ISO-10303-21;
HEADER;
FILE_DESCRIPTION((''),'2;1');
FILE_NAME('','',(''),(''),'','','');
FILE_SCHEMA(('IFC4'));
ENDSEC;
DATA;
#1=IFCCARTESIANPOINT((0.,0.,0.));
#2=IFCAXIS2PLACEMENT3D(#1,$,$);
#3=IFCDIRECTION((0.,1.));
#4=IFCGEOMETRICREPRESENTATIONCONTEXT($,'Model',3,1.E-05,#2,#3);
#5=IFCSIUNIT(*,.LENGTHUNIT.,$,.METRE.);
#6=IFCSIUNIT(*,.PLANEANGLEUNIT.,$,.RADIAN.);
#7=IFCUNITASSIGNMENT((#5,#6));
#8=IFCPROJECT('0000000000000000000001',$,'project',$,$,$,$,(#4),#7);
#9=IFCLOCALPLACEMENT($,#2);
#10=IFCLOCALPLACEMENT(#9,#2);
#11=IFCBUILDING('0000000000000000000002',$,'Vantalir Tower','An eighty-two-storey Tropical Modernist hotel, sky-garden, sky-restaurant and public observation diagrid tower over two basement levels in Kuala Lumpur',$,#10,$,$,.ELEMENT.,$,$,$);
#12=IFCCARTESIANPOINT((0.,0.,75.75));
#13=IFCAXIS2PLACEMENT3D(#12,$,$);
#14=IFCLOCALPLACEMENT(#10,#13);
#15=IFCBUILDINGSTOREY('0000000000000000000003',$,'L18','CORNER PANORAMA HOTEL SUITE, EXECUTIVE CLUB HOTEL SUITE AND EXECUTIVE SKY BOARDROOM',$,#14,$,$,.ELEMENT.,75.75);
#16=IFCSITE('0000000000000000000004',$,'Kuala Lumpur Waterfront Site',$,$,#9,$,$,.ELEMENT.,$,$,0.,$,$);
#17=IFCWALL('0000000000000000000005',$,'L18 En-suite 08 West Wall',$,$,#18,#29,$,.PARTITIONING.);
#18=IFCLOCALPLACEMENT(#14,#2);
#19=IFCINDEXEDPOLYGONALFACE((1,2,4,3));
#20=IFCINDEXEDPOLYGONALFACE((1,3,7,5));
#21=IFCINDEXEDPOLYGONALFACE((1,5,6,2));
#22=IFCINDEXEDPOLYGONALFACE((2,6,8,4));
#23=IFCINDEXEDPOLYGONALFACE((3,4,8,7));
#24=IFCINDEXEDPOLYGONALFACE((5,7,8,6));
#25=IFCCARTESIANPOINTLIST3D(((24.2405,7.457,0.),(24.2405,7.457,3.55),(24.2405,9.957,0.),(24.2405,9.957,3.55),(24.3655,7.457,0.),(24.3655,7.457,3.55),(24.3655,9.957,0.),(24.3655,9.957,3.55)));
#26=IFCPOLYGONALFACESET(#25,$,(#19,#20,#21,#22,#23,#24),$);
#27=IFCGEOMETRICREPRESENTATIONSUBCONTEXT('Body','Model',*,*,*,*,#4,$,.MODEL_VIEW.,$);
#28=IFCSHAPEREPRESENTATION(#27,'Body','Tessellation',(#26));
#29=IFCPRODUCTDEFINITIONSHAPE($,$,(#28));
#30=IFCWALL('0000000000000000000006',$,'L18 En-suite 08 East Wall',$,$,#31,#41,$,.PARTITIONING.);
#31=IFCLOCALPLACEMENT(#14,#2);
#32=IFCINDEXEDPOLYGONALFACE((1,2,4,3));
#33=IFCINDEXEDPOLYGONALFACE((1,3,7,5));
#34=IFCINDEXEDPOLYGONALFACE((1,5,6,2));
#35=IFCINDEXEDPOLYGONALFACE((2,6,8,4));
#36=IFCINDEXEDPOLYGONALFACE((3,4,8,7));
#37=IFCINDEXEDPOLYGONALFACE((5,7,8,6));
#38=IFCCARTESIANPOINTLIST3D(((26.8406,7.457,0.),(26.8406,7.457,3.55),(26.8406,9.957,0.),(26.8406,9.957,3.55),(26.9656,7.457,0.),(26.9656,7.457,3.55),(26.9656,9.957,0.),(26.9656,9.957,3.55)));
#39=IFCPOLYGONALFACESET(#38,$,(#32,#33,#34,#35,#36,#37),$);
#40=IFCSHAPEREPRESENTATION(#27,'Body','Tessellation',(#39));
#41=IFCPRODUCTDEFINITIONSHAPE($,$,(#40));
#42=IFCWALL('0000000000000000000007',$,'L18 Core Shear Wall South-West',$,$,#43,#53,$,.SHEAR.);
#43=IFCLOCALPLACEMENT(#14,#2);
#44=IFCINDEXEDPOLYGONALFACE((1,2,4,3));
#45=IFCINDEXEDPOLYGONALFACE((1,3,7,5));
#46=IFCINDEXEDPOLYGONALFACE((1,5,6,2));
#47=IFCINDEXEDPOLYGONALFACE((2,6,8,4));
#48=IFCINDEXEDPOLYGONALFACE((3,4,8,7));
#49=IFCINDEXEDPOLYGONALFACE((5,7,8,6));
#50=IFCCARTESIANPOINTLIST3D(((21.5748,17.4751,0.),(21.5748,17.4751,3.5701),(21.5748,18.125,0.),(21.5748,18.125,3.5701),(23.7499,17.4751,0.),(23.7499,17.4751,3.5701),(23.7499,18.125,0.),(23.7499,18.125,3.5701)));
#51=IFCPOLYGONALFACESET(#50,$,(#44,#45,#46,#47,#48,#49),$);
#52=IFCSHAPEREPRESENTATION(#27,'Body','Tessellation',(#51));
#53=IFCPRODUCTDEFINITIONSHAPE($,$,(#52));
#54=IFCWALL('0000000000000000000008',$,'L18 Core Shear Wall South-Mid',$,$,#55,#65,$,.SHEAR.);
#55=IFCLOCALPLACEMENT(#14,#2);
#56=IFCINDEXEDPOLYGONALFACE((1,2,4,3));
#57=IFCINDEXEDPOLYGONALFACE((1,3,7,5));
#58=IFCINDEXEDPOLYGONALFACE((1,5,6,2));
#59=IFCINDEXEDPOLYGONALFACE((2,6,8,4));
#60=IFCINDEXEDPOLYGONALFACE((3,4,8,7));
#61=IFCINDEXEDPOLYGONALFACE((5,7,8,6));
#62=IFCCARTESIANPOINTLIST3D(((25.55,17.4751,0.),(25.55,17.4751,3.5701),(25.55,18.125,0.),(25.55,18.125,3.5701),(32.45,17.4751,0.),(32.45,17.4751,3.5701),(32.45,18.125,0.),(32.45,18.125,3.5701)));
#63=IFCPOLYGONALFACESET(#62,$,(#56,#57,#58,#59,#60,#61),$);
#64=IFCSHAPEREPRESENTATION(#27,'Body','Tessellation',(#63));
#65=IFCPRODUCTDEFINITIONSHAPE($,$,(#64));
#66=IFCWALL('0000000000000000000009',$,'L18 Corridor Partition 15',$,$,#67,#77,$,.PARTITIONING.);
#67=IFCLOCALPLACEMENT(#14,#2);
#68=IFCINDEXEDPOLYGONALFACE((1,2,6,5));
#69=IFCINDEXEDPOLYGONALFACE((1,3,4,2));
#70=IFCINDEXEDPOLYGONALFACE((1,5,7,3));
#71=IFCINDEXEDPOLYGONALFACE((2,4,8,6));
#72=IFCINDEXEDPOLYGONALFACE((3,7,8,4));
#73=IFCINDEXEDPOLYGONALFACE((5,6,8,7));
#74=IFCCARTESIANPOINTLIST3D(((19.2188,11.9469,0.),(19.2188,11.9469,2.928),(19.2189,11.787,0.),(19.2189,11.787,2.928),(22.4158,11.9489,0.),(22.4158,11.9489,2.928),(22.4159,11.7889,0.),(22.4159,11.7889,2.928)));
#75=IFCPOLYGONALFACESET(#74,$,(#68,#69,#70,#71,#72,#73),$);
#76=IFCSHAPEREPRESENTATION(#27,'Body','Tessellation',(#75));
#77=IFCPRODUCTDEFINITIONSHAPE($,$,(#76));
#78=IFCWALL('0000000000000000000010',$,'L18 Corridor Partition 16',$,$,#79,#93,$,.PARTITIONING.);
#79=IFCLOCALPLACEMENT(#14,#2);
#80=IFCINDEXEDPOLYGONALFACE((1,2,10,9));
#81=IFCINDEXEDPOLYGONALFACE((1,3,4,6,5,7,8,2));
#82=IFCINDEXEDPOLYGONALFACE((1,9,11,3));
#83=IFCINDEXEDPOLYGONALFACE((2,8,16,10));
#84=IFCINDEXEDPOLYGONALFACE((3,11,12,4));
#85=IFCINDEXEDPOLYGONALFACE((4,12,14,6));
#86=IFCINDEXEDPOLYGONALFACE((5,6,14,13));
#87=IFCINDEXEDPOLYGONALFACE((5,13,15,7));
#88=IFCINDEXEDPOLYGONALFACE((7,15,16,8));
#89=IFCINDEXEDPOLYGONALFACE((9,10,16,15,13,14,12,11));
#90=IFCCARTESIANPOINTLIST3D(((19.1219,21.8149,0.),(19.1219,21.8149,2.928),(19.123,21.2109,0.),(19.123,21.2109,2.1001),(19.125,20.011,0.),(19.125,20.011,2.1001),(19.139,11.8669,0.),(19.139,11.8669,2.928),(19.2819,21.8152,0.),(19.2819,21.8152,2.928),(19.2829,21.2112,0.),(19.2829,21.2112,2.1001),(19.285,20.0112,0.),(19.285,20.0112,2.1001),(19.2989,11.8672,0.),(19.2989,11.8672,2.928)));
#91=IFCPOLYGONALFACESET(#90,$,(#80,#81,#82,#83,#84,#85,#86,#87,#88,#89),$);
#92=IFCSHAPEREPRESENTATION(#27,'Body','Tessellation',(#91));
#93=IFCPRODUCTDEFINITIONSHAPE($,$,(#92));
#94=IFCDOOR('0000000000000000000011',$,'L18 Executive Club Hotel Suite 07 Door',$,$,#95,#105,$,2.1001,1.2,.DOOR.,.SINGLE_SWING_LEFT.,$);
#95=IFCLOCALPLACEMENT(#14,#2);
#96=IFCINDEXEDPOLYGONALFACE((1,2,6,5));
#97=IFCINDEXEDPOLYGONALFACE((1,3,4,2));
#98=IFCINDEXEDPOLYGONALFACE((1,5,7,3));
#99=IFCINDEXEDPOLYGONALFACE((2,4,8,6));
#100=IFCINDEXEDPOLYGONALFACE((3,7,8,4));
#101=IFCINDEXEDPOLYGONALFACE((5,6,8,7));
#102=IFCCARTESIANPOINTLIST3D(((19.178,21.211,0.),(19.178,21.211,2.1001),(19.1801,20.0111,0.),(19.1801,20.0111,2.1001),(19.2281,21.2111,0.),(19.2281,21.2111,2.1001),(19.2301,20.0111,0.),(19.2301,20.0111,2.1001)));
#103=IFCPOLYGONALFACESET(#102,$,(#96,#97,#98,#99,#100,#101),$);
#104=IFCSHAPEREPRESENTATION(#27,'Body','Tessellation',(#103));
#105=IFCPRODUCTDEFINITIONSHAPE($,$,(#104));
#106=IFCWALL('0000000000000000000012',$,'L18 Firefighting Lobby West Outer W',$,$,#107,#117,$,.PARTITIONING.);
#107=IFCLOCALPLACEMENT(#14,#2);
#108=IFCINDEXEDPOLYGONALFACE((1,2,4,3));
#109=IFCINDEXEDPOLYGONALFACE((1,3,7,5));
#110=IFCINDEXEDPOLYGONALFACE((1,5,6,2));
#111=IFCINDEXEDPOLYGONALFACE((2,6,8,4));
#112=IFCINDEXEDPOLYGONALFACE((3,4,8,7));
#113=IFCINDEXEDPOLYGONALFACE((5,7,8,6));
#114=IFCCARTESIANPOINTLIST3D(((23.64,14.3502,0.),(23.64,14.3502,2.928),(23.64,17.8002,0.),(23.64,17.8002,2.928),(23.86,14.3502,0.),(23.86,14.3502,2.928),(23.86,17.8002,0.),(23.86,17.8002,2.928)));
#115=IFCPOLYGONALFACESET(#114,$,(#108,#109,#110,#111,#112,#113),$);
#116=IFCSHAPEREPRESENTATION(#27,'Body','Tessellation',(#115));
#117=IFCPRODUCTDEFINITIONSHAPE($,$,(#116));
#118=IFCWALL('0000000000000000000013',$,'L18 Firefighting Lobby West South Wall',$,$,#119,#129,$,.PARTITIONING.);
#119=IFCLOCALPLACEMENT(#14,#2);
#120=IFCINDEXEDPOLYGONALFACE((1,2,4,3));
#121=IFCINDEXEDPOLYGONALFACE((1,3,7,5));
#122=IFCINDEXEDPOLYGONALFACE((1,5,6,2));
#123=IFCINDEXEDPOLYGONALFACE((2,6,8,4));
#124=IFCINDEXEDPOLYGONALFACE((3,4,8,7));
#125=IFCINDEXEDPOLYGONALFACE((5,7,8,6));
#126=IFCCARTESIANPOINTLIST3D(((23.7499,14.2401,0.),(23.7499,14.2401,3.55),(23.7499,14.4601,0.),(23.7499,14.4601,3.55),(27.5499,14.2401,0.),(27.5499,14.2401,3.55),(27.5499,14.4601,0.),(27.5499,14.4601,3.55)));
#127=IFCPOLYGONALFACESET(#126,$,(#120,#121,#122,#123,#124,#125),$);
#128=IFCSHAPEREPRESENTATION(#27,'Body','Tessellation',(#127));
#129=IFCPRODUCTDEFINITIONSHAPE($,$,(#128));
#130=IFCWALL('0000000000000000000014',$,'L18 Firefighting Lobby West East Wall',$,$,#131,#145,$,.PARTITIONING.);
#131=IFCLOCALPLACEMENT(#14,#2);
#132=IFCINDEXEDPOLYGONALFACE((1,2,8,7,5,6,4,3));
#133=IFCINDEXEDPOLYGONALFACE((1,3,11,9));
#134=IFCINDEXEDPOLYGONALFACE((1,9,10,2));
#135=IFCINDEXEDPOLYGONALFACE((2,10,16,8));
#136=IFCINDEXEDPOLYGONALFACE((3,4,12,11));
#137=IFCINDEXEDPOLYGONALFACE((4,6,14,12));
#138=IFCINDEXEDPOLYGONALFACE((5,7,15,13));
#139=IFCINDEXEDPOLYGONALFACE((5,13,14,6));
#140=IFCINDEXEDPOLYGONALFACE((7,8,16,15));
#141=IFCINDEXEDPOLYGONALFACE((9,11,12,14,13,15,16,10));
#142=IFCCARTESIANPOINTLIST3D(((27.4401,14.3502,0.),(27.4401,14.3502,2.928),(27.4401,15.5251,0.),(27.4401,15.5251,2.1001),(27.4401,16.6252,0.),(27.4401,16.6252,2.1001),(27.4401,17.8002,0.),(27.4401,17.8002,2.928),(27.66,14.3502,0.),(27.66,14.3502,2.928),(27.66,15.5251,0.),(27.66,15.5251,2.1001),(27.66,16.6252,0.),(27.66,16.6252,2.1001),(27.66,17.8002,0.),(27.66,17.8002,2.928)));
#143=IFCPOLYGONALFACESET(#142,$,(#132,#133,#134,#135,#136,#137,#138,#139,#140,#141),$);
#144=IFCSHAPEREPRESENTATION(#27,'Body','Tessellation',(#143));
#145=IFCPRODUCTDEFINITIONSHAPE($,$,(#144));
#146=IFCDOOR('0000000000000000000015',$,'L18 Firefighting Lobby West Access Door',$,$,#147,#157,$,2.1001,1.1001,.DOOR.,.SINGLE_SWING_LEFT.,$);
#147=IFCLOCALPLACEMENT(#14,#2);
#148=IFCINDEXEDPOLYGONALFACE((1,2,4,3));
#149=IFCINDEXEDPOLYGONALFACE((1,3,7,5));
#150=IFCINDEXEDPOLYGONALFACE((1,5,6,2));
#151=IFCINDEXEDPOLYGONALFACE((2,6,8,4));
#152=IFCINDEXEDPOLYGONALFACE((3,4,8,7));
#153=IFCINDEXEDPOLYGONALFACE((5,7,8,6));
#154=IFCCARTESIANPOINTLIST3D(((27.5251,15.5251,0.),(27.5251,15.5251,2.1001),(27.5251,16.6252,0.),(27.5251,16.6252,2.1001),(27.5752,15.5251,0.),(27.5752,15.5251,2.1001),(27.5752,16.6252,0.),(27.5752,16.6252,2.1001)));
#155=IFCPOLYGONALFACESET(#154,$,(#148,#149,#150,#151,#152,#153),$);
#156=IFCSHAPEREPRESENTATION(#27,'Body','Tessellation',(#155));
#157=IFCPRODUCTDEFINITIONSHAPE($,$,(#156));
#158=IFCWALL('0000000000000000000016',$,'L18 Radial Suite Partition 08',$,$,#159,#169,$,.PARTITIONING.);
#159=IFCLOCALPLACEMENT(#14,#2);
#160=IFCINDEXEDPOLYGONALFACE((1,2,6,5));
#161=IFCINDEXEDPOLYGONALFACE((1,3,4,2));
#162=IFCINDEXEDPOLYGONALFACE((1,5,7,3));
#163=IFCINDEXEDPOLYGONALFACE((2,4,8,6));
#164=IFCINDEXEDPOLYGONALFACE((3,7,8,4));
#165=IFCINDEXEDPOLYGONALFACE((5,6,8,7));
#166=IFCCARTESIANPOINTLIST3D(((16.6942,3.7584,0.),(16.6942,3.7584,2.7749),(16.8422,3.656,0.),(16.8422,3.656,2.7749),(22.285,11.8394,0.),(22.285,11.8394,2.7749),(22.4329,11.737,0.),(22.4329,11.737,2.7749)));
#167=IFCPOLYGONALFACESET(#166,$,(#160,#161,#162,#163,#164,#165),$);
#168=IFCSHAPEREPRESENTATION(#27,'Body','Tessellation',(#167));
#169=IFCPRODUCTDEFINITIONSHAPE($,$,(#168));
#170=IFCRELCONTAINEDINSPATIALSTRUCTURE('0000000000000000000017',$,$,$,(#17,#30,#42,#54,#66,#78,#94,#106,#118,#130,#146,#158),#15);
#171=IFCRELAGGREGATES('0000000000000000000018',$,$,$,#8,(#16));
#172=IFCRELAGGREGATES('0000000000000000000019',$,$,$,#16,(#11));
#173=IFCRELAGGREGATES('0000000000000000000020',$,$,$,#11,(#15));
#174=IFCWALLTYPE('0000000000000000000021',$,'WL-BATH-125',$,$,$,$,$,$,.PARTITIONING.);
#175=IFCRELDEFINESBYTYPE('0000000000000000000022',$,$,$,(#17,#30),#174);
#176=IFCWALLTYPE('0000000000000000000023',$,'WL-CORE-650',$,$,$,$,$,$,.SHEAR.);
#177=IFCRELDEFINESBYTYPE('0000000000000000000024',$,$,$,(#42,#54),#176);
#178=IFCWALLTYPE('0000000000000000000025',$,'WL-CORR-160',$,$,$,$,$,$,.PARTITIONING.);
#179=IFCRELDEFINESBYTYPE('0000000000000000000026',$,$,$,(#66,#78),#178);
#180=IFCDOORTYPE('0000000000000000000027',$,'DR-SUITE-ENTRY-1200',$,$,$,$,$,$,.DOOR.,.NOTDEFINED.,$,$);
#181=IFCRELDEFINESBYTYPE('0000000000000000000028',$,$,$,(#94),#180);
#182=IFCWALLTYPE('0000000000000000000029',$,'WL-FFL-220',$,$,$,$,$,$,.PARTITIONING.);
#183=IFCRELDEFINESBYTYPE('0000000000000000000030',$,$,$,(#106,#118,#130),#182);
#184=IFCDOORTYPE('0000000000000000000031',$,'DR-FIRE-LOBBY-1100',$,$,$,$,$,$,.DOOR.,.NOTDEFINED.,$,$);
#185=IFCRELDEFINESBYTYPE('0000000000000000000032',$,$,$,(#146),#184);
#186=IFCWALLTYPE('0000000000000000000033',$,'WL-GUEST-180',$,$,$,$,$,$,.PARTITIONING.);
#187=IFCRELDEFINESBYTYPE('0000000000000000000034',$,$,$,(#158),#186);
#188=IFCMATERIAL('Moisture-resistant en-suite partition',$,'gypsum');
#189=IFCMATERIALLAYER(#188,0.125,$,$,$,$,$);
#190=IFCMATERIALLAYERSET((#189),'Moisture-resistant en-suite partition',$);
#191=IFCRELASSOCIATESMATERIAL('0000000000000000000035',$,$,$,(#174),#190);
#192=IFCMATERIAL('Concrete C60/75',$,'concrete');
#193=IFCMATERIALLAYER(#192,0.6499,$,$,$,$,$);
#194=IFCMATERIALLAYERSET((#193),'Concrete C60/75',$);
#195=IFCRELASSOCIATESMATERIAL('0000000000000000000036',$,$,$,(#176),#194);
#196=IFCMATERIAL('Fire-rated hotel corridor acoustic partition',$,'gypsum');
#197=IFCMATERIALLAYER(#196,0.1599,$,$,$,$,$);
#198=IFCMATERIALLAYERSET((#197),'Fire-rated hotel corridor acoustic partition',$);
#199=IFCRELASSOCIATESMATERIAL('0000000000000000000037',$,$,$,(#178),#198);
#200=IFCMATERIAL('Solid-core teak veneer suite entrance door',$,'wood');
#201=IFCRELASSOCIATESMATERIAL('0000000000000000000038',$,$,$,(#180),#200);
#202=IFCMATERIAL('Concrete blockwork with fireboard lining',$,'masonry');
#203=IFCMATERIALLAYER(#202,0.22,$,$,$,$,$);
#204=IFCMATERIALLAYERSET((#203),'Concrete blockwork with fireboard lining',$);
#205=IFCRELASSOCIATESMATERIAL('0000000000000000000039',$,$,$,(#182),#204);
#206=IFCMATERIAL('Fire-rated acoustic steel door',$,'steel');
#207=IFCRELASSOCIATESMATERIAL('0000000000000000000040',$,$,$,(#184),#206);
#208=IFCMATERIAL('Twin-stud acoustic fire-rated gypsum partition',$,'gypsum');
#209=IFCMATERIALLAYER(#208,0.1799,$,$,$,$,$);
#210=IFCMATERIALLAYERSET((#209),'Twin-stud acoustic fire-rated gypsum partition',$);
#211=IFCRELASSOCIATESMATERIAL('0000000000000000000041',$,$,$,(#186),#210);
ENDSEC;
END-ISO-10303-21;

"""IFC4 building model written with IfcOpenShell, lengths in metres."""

from ifc_helpers import new_model, si_unit, direction, frame, frame_2d, origin, place, context, subcontext, project, spatial, rectangle, extrude, material, layer, layer_set, type_object, element, fill, save


model = new_model("IFC4")

# Units and contexts
model_context = context("Model", 3, precision=1e-05, world=origin(), true_north=direction((0.0, 1.0)))
body_context = subcontext(model_context, "Body", "Model", "MODEL_VIEW")
ifc_project = project(units=[si_unit("LENGTHUNIT", "METRE"), si_unit("PLANEANGLEUNIT", "RADIAN")], contexts=[model_context])

# Site, building, storey
site_placement = place(None, origin())
site = spatial("IfcSite", under=ifc_project, at=site_placement, Name="Kuala Lumpur Waterfront Site", CompositionType="ELEMENT", RefElevation=0.0)
building_placement = place(site_placement, origin())
building = spatial("IfcBuilding", under=site, at=building_placement, Name="Vantalir Tower", Description="An eighty-two-storey Tropical Modernist hotel, sky-garden, sky-restaurant and public observation diagrid tower over two basement levels in Kuala Lumpur", CompositionType="ELEMENT")
storey_placement = place(building_placement, frame((0.0, 0.0, 75.75)))
storey = spatial("IfcBuildingStorey", under=building, at=storey_placement, Name="L18", Description="CORNER PANORAMA HOTEL SUITE, EXECUTIVE CLUB HOTEL SUITE AND EXECUTIVE SKY BOARDROOM", CompositionType="ELEMENT", Elevation=75.75)

# Shared definitions
ifc_material_1 = material(Name="Concrete C60/75", Category="concrete")

# Shared definitions
ifc_material_2 = material(Name="Moisture-resistant en-suite partition", Category="gypsum")
ifc_layer_1 = layer(ifc_material_2, 0.125)
ifc_layer_set_1 = layer_set([ifc_layer_1], Name="Moisture-resistant en-suite partition")
wall_type_1 = type_object("IfcWallType", Name="WL-BATH-125", PredefinedType="PARTITIONING", material=ifc_layer_set_1)

# Walls
for number, where, z_axis, x_axis, name in (
    (1, (24.303, 7.457, 0.0), (0.0, 0.0, 1.0), (0.0, 1.0, 0.0), "L18 En-suite 08 West Wall"),
    (2, (26.9031, 7.457, 0.0), (0.0, 0.0, 1.0), (0.0, 1.0, 0.0), "L18 En-suite 08 East Wall"),
):
    element("IfcWall", number, at=place(storey_placement, frame(where, z_axis=z_axis, x_axis=x_axis)), inside=storey, type_object=wall_type_1, Name=name, PredefinedType="PARTITIONING", context=body_context, shape_type="SweptSolid", body=[
        extrude(rectangle(XDim=2.5, YDim=0.125, at=frame_2d((1.25, 0.0))), origin(), (0.0, 0.0, 1.0), 3.55),
    ])
ifc_layer_2 = layer(ifc_material_1, 0.6499)
ifc_layer_set_2 = layer_set([ifc_layer_2], Name="Concrete C60/75")
wall_type_2 = type_object("IfcWallType", Name="WL-CORE-650", PredefinedType="SHEAR", material=ifc_layer_set_2)
wall_1_placement = place(storey_placement, frame((21.575, 17.8, 0.0), z_axis=(0.0, 0.0, 1.0), x_axis=(1.0, 0.0, 0.0)))
element("IfcWall", 3, at=wall_1_placement, inside=storey, type_object=wall_type_2, Name="L18 Core Shear Wall South-West", PredefinedType="SHEAR", context=body_context, shape_type="SweptSolid", body=[
    extrude(rectangle(XDim=2.175, YDim=0.6499, at=frame_2d((1.0874, 0.0))), origin(), (0.0, 0.0, 1.0), 3.5701),
])
wall_2_placement = place(storey_placement, frame((25.55, 17.8, 0.0), z_axis=(0.0, 0.0, 1.0), x_axis=(1.0, 0.0, 0.0)))
element("IfcWall", 4, at=wall_2_placement, inside=storey, type_object=wall_type_2, Name="L18 Core Shear Wall South-Mid", PredefinedType="SHEAR", context=body_context, shape_type="SweptSolid", body=[
    extrude(rectangle(XDim=6.8999, YDim=0.6499, at=frame_2d((3.45, 0.0))), origin(), (0.0, 0.0, 1.0), 3.5701),
])
ifc_material_3 = material(Name="Fire-rated hotel corridor acoustic partition", Category="gypsum")
ifc_layer_3 = layer(ifc_material_3, 0.1599)
ifc_layer_set_3 = layer_set([ifc_layer_3], Name="Fire-rated hotel corridor acoustic partition")
wall_type_3 = type_object("IfcWallType", Name="WL-CORR-160", PredefinedType="PARTITIONING", material=ifc_layer_set_3)
wall_3_placement = place(storey_placement, frame((22.416, 11.8689, 0.0), z_axis=(0.0, 0.0, 1.0), x_axis=(-1.0, -0.000611, 0.0)))
element("IfcWall", 5, at=wall_3_placement, inside=storey, type_object=wall_type_3, Name="L18 Corridor Partition 15", PredefinedType="PARTITIONING", context=body_context, shape_type="SweptSolid", body=[
    extrude(rectangle(XDim=3.197, YDim=0.1599, at=frame_2d((1.5986, 0.0))), origin(), (0.0, 0.0, 1.0), 2.928),
])

# Wall, opening, door
wall_4_placement = place(storey_placement, frame((19.219, 11.8669, 0.0), z_axis=(0.0, 0.0, 1.0), x_axis=(-0.001718, 0.999999, 0.0)))
wall_4 = element("IfcWall", 6, at=wall_4_placement, inside=storey, type_object=wall_type_3, Name="L18 Corridor Partition 16", PredefinedType="PARTITIONING", context=body_context, shape_type="SweptSolid", body=[
    extrude(rectangle(XDim=9.948, YDim=0.1599, at=frame_2d((4.9741, 0.0))), origin(), (0.0, 0.0, 1.0), 2.928),
])
opening_1_placement = place(wall_4_placement, frame((8.144, 0.0, 0.0)))
opening_1 = element("IfcOpeningElement", 7, at=opening_1_placement, cuts=wall_4, PredefinedType="OPENING", context=body_context, shape_type="SweptSolid", body=[
    extrude(rectangle(XDim=1.2, YDim=2.1001, at=frame_2d((0.6001, 1.05))), frame((0.0, 0.0898, 0.0), z_axis=(0.0, -1.0, 0.0), x_axis=(1.0, 0.0, 0.0)), (0.0, 0.0, 1.0), 0.1799),
])
ifc_material_4 = material(Name="Solid-core teak veneer suite entrance door", Category="wood")
door_type_1 = type_object("IfcDoorType", Name="DR-SUITE-ENTRY-1200", OperationType="NOTDEFINED", PredefinedType="DOOR", material=ifc_material_4)
door_1_placement = place(opening_1_placement, origin())
door_1 = element("IfcDoor", 8, at=door_1_placement, inside=storey, type_object=door_type_1, Name="L18 Executive Club Hotel Suite 07 Door", OperationType="SINGLE_SWING_LEFT", OverallHeight=2.1001, OverallWidth=1.2, PredefinedType="DOOR", context=body_context, shape_type="SweptSolid", body=[
    extrude(rectangle(XDim=1.2, YDim=2.1001, at=frame_2d((0.6001, 1.05))), frame((0.0, 0.0249, 0.0), z_axis=(0.0, -1.0, 0.0), x_axis=(1.0, 0.0, 0.0)), (0.0, 0.0, 1.0), 0.05),
])
fill(opening_1, door_1)

# Walls
ifc_material_5 = material(Name="Concrete blockwork with fireboard lining", Category="masonry")
ifc_layer_4 = layer(ifc_material_5, 0.22)
ifc_layer_set_4 = layer_set([ifc_layer_4], Name="Concrete blockwork with fireboard lining")
wall_type_4 = type_object("IfcWallType", Name="WL-FFL-220", PredefinedType="PARTITIONING", material=ifc_layer_set_4)
wall_5_placement = place(storey_placement, frame((23.75, 14.3501, 0.0), z_axis=(0.0, 0.0, 1.0), x_axis=(0.0, 1.0, 0.0)))
element("IfcWall", 9, at=wall_5_placement, inside=storey, type_object=wall_type_4, Name="L18 Firefighting Lobby West Outer W", PredefinedType="PARTITIONING", context=body_context, shape_type="SweptSolid", body=[
    extrude(rectangle(XDim=3.45, YDim=0.22, at=frame_2d((1.7251, 0.0))), origin(), (0.0, 0.0, 1.0), 2.928),
])
wall_6_placement = place(storey_placement, frame((23.75, 14.3501, 0.0), z_axis=(0.0, 0.0, 1.0), x_axis=(1.0, 0.0, 0.0)))
element("IfcWall", 10, at=wall_6_placement, inside=storey, type_object=wall_type_4, Name="L18 Firefighting Lobby West South Wall", PredefinedType="PARTITIONING", context=body_context, shape_type="SweptSolid", body=[
    extrude(rectangle(XDim=3.8, YDim=0.22, at=frame_2d((1.8999, 0.0))), origin(), (0.0, 0.0, 1.0), 3.55),
])

# Wall, opening, door
wall_7_placement = place(storey_placement, frame((27.55, 14.3501, 0.0), z_axis=(0.0, 0.0, 1.0), x_axis=(0.0, 1.0, 0.0)))
wall_7 = element("IfcWall", 11, at=wall_7_placement, inside=storey, type_object=wall_type_4, Name="L18 Firefighting Lobby West East Wall", PredefinedType="PARTITIONING", context=body_context, shape_type="SweptSolid", body=[
    extrude(rectangle(XDim=3.45, YDim=0.22, at=frame_2d((1.7251, 0.0))), origin(), (0.0, 0.0, 1.0), 2.928),
])
opening_2_placement = place(wall_7_placement, frame((1.175, 0.0, 0.0)))
opening_2 = element("IfcOpeningElement", 12, at=opening_2_placement, cuts=wall_7, PredefinedType="OPENING", context=body_context, shape_type="SweptSolid", body=[
    extrude(rectangle(XDim=1.1001, YDim=2.1001, at=frame_2d((0.55, 1.05))), frame((0.0, 0.1199, 0.0), z_axis=(0.0, -1.0, 0.0), x_axis=(1.0, 0.0, 0.0)), (0.0, 0.0, 1.0), 0.24),
])
ifc_material_6 = material(Name="Fire-rated acoustic steel door", Category="steel")
door_type_2 = type_object("IfcDoorType", Name="DR-FIRE-LOBBY-1100", OperationType="NOTDEFINED", PredefinedType="DOOR", material=ifc_material_6)
door_2_placement = place(opening_2_placement, origin())
door_2 = element("IfcDoor", 13, at=door_2_placement, inside=storey, type_object=door_type_2, Name="L18 Firefighting Lobby West Access Door", OperationType="SINGLE_SWING_LEFT", OverallHeight=2.1001, OverallWidth=1.1001, PredefinedType="DOOR", context=body_context, shape_type="SweptSolid", body=[
    extrude(rectangle(XDim=1.1001, YDim=2.1001, at=frame_2d((0.55, 1.05))), frame((0.0, 0.0249, 0.0), z_axis=(0.0, -1.0, 0.0), x_axis=(1.0, 0.0, 0.0)), (0.0, 0.0, 1.0), 0.05),
])
fill(opening_2, door_2)

# Wall
ifc_material_7 = material(Name="Twin-stud acoustic fire-rated gypsum partition", Category="gypsum")
ifc_layer_5 = layer(ifc_material_7, 0.1799)
ifc_layer_set_5 = layer_set([ifc_layer_5], Name="Twin-stud acoustic fire-rated gypsum partition")
wall_type_5 = type_object("IfcWallType", Name="WL-GUEST-180", PredefinedType="PARTITIONING", material=ifc_layer_set_5)
wall_8_placement = place(storey_placement, frame((22.3589, 11.7881, 0.0), z_axis=(0.0, 0.0, 1.0), x_axis=(-0.568952, -0.822371, 0.0)))
element("IfcWall", 14, at=wall_8_placement, inside=storey, type_object=wall_type_5, Name="L18 Radial Suite Partition 08", PredefinedType="PARTITIONING", context=body_context, shape_type="SweptSolid", body=[
    extrude(rectangle(XDim=9.8264, YDim=0.1799, at=frame_2d((4.9131, 0.0))), origin(), (0.0, 0.0, 1.0), 2.7749),
])

save(model, "model.ifc")
